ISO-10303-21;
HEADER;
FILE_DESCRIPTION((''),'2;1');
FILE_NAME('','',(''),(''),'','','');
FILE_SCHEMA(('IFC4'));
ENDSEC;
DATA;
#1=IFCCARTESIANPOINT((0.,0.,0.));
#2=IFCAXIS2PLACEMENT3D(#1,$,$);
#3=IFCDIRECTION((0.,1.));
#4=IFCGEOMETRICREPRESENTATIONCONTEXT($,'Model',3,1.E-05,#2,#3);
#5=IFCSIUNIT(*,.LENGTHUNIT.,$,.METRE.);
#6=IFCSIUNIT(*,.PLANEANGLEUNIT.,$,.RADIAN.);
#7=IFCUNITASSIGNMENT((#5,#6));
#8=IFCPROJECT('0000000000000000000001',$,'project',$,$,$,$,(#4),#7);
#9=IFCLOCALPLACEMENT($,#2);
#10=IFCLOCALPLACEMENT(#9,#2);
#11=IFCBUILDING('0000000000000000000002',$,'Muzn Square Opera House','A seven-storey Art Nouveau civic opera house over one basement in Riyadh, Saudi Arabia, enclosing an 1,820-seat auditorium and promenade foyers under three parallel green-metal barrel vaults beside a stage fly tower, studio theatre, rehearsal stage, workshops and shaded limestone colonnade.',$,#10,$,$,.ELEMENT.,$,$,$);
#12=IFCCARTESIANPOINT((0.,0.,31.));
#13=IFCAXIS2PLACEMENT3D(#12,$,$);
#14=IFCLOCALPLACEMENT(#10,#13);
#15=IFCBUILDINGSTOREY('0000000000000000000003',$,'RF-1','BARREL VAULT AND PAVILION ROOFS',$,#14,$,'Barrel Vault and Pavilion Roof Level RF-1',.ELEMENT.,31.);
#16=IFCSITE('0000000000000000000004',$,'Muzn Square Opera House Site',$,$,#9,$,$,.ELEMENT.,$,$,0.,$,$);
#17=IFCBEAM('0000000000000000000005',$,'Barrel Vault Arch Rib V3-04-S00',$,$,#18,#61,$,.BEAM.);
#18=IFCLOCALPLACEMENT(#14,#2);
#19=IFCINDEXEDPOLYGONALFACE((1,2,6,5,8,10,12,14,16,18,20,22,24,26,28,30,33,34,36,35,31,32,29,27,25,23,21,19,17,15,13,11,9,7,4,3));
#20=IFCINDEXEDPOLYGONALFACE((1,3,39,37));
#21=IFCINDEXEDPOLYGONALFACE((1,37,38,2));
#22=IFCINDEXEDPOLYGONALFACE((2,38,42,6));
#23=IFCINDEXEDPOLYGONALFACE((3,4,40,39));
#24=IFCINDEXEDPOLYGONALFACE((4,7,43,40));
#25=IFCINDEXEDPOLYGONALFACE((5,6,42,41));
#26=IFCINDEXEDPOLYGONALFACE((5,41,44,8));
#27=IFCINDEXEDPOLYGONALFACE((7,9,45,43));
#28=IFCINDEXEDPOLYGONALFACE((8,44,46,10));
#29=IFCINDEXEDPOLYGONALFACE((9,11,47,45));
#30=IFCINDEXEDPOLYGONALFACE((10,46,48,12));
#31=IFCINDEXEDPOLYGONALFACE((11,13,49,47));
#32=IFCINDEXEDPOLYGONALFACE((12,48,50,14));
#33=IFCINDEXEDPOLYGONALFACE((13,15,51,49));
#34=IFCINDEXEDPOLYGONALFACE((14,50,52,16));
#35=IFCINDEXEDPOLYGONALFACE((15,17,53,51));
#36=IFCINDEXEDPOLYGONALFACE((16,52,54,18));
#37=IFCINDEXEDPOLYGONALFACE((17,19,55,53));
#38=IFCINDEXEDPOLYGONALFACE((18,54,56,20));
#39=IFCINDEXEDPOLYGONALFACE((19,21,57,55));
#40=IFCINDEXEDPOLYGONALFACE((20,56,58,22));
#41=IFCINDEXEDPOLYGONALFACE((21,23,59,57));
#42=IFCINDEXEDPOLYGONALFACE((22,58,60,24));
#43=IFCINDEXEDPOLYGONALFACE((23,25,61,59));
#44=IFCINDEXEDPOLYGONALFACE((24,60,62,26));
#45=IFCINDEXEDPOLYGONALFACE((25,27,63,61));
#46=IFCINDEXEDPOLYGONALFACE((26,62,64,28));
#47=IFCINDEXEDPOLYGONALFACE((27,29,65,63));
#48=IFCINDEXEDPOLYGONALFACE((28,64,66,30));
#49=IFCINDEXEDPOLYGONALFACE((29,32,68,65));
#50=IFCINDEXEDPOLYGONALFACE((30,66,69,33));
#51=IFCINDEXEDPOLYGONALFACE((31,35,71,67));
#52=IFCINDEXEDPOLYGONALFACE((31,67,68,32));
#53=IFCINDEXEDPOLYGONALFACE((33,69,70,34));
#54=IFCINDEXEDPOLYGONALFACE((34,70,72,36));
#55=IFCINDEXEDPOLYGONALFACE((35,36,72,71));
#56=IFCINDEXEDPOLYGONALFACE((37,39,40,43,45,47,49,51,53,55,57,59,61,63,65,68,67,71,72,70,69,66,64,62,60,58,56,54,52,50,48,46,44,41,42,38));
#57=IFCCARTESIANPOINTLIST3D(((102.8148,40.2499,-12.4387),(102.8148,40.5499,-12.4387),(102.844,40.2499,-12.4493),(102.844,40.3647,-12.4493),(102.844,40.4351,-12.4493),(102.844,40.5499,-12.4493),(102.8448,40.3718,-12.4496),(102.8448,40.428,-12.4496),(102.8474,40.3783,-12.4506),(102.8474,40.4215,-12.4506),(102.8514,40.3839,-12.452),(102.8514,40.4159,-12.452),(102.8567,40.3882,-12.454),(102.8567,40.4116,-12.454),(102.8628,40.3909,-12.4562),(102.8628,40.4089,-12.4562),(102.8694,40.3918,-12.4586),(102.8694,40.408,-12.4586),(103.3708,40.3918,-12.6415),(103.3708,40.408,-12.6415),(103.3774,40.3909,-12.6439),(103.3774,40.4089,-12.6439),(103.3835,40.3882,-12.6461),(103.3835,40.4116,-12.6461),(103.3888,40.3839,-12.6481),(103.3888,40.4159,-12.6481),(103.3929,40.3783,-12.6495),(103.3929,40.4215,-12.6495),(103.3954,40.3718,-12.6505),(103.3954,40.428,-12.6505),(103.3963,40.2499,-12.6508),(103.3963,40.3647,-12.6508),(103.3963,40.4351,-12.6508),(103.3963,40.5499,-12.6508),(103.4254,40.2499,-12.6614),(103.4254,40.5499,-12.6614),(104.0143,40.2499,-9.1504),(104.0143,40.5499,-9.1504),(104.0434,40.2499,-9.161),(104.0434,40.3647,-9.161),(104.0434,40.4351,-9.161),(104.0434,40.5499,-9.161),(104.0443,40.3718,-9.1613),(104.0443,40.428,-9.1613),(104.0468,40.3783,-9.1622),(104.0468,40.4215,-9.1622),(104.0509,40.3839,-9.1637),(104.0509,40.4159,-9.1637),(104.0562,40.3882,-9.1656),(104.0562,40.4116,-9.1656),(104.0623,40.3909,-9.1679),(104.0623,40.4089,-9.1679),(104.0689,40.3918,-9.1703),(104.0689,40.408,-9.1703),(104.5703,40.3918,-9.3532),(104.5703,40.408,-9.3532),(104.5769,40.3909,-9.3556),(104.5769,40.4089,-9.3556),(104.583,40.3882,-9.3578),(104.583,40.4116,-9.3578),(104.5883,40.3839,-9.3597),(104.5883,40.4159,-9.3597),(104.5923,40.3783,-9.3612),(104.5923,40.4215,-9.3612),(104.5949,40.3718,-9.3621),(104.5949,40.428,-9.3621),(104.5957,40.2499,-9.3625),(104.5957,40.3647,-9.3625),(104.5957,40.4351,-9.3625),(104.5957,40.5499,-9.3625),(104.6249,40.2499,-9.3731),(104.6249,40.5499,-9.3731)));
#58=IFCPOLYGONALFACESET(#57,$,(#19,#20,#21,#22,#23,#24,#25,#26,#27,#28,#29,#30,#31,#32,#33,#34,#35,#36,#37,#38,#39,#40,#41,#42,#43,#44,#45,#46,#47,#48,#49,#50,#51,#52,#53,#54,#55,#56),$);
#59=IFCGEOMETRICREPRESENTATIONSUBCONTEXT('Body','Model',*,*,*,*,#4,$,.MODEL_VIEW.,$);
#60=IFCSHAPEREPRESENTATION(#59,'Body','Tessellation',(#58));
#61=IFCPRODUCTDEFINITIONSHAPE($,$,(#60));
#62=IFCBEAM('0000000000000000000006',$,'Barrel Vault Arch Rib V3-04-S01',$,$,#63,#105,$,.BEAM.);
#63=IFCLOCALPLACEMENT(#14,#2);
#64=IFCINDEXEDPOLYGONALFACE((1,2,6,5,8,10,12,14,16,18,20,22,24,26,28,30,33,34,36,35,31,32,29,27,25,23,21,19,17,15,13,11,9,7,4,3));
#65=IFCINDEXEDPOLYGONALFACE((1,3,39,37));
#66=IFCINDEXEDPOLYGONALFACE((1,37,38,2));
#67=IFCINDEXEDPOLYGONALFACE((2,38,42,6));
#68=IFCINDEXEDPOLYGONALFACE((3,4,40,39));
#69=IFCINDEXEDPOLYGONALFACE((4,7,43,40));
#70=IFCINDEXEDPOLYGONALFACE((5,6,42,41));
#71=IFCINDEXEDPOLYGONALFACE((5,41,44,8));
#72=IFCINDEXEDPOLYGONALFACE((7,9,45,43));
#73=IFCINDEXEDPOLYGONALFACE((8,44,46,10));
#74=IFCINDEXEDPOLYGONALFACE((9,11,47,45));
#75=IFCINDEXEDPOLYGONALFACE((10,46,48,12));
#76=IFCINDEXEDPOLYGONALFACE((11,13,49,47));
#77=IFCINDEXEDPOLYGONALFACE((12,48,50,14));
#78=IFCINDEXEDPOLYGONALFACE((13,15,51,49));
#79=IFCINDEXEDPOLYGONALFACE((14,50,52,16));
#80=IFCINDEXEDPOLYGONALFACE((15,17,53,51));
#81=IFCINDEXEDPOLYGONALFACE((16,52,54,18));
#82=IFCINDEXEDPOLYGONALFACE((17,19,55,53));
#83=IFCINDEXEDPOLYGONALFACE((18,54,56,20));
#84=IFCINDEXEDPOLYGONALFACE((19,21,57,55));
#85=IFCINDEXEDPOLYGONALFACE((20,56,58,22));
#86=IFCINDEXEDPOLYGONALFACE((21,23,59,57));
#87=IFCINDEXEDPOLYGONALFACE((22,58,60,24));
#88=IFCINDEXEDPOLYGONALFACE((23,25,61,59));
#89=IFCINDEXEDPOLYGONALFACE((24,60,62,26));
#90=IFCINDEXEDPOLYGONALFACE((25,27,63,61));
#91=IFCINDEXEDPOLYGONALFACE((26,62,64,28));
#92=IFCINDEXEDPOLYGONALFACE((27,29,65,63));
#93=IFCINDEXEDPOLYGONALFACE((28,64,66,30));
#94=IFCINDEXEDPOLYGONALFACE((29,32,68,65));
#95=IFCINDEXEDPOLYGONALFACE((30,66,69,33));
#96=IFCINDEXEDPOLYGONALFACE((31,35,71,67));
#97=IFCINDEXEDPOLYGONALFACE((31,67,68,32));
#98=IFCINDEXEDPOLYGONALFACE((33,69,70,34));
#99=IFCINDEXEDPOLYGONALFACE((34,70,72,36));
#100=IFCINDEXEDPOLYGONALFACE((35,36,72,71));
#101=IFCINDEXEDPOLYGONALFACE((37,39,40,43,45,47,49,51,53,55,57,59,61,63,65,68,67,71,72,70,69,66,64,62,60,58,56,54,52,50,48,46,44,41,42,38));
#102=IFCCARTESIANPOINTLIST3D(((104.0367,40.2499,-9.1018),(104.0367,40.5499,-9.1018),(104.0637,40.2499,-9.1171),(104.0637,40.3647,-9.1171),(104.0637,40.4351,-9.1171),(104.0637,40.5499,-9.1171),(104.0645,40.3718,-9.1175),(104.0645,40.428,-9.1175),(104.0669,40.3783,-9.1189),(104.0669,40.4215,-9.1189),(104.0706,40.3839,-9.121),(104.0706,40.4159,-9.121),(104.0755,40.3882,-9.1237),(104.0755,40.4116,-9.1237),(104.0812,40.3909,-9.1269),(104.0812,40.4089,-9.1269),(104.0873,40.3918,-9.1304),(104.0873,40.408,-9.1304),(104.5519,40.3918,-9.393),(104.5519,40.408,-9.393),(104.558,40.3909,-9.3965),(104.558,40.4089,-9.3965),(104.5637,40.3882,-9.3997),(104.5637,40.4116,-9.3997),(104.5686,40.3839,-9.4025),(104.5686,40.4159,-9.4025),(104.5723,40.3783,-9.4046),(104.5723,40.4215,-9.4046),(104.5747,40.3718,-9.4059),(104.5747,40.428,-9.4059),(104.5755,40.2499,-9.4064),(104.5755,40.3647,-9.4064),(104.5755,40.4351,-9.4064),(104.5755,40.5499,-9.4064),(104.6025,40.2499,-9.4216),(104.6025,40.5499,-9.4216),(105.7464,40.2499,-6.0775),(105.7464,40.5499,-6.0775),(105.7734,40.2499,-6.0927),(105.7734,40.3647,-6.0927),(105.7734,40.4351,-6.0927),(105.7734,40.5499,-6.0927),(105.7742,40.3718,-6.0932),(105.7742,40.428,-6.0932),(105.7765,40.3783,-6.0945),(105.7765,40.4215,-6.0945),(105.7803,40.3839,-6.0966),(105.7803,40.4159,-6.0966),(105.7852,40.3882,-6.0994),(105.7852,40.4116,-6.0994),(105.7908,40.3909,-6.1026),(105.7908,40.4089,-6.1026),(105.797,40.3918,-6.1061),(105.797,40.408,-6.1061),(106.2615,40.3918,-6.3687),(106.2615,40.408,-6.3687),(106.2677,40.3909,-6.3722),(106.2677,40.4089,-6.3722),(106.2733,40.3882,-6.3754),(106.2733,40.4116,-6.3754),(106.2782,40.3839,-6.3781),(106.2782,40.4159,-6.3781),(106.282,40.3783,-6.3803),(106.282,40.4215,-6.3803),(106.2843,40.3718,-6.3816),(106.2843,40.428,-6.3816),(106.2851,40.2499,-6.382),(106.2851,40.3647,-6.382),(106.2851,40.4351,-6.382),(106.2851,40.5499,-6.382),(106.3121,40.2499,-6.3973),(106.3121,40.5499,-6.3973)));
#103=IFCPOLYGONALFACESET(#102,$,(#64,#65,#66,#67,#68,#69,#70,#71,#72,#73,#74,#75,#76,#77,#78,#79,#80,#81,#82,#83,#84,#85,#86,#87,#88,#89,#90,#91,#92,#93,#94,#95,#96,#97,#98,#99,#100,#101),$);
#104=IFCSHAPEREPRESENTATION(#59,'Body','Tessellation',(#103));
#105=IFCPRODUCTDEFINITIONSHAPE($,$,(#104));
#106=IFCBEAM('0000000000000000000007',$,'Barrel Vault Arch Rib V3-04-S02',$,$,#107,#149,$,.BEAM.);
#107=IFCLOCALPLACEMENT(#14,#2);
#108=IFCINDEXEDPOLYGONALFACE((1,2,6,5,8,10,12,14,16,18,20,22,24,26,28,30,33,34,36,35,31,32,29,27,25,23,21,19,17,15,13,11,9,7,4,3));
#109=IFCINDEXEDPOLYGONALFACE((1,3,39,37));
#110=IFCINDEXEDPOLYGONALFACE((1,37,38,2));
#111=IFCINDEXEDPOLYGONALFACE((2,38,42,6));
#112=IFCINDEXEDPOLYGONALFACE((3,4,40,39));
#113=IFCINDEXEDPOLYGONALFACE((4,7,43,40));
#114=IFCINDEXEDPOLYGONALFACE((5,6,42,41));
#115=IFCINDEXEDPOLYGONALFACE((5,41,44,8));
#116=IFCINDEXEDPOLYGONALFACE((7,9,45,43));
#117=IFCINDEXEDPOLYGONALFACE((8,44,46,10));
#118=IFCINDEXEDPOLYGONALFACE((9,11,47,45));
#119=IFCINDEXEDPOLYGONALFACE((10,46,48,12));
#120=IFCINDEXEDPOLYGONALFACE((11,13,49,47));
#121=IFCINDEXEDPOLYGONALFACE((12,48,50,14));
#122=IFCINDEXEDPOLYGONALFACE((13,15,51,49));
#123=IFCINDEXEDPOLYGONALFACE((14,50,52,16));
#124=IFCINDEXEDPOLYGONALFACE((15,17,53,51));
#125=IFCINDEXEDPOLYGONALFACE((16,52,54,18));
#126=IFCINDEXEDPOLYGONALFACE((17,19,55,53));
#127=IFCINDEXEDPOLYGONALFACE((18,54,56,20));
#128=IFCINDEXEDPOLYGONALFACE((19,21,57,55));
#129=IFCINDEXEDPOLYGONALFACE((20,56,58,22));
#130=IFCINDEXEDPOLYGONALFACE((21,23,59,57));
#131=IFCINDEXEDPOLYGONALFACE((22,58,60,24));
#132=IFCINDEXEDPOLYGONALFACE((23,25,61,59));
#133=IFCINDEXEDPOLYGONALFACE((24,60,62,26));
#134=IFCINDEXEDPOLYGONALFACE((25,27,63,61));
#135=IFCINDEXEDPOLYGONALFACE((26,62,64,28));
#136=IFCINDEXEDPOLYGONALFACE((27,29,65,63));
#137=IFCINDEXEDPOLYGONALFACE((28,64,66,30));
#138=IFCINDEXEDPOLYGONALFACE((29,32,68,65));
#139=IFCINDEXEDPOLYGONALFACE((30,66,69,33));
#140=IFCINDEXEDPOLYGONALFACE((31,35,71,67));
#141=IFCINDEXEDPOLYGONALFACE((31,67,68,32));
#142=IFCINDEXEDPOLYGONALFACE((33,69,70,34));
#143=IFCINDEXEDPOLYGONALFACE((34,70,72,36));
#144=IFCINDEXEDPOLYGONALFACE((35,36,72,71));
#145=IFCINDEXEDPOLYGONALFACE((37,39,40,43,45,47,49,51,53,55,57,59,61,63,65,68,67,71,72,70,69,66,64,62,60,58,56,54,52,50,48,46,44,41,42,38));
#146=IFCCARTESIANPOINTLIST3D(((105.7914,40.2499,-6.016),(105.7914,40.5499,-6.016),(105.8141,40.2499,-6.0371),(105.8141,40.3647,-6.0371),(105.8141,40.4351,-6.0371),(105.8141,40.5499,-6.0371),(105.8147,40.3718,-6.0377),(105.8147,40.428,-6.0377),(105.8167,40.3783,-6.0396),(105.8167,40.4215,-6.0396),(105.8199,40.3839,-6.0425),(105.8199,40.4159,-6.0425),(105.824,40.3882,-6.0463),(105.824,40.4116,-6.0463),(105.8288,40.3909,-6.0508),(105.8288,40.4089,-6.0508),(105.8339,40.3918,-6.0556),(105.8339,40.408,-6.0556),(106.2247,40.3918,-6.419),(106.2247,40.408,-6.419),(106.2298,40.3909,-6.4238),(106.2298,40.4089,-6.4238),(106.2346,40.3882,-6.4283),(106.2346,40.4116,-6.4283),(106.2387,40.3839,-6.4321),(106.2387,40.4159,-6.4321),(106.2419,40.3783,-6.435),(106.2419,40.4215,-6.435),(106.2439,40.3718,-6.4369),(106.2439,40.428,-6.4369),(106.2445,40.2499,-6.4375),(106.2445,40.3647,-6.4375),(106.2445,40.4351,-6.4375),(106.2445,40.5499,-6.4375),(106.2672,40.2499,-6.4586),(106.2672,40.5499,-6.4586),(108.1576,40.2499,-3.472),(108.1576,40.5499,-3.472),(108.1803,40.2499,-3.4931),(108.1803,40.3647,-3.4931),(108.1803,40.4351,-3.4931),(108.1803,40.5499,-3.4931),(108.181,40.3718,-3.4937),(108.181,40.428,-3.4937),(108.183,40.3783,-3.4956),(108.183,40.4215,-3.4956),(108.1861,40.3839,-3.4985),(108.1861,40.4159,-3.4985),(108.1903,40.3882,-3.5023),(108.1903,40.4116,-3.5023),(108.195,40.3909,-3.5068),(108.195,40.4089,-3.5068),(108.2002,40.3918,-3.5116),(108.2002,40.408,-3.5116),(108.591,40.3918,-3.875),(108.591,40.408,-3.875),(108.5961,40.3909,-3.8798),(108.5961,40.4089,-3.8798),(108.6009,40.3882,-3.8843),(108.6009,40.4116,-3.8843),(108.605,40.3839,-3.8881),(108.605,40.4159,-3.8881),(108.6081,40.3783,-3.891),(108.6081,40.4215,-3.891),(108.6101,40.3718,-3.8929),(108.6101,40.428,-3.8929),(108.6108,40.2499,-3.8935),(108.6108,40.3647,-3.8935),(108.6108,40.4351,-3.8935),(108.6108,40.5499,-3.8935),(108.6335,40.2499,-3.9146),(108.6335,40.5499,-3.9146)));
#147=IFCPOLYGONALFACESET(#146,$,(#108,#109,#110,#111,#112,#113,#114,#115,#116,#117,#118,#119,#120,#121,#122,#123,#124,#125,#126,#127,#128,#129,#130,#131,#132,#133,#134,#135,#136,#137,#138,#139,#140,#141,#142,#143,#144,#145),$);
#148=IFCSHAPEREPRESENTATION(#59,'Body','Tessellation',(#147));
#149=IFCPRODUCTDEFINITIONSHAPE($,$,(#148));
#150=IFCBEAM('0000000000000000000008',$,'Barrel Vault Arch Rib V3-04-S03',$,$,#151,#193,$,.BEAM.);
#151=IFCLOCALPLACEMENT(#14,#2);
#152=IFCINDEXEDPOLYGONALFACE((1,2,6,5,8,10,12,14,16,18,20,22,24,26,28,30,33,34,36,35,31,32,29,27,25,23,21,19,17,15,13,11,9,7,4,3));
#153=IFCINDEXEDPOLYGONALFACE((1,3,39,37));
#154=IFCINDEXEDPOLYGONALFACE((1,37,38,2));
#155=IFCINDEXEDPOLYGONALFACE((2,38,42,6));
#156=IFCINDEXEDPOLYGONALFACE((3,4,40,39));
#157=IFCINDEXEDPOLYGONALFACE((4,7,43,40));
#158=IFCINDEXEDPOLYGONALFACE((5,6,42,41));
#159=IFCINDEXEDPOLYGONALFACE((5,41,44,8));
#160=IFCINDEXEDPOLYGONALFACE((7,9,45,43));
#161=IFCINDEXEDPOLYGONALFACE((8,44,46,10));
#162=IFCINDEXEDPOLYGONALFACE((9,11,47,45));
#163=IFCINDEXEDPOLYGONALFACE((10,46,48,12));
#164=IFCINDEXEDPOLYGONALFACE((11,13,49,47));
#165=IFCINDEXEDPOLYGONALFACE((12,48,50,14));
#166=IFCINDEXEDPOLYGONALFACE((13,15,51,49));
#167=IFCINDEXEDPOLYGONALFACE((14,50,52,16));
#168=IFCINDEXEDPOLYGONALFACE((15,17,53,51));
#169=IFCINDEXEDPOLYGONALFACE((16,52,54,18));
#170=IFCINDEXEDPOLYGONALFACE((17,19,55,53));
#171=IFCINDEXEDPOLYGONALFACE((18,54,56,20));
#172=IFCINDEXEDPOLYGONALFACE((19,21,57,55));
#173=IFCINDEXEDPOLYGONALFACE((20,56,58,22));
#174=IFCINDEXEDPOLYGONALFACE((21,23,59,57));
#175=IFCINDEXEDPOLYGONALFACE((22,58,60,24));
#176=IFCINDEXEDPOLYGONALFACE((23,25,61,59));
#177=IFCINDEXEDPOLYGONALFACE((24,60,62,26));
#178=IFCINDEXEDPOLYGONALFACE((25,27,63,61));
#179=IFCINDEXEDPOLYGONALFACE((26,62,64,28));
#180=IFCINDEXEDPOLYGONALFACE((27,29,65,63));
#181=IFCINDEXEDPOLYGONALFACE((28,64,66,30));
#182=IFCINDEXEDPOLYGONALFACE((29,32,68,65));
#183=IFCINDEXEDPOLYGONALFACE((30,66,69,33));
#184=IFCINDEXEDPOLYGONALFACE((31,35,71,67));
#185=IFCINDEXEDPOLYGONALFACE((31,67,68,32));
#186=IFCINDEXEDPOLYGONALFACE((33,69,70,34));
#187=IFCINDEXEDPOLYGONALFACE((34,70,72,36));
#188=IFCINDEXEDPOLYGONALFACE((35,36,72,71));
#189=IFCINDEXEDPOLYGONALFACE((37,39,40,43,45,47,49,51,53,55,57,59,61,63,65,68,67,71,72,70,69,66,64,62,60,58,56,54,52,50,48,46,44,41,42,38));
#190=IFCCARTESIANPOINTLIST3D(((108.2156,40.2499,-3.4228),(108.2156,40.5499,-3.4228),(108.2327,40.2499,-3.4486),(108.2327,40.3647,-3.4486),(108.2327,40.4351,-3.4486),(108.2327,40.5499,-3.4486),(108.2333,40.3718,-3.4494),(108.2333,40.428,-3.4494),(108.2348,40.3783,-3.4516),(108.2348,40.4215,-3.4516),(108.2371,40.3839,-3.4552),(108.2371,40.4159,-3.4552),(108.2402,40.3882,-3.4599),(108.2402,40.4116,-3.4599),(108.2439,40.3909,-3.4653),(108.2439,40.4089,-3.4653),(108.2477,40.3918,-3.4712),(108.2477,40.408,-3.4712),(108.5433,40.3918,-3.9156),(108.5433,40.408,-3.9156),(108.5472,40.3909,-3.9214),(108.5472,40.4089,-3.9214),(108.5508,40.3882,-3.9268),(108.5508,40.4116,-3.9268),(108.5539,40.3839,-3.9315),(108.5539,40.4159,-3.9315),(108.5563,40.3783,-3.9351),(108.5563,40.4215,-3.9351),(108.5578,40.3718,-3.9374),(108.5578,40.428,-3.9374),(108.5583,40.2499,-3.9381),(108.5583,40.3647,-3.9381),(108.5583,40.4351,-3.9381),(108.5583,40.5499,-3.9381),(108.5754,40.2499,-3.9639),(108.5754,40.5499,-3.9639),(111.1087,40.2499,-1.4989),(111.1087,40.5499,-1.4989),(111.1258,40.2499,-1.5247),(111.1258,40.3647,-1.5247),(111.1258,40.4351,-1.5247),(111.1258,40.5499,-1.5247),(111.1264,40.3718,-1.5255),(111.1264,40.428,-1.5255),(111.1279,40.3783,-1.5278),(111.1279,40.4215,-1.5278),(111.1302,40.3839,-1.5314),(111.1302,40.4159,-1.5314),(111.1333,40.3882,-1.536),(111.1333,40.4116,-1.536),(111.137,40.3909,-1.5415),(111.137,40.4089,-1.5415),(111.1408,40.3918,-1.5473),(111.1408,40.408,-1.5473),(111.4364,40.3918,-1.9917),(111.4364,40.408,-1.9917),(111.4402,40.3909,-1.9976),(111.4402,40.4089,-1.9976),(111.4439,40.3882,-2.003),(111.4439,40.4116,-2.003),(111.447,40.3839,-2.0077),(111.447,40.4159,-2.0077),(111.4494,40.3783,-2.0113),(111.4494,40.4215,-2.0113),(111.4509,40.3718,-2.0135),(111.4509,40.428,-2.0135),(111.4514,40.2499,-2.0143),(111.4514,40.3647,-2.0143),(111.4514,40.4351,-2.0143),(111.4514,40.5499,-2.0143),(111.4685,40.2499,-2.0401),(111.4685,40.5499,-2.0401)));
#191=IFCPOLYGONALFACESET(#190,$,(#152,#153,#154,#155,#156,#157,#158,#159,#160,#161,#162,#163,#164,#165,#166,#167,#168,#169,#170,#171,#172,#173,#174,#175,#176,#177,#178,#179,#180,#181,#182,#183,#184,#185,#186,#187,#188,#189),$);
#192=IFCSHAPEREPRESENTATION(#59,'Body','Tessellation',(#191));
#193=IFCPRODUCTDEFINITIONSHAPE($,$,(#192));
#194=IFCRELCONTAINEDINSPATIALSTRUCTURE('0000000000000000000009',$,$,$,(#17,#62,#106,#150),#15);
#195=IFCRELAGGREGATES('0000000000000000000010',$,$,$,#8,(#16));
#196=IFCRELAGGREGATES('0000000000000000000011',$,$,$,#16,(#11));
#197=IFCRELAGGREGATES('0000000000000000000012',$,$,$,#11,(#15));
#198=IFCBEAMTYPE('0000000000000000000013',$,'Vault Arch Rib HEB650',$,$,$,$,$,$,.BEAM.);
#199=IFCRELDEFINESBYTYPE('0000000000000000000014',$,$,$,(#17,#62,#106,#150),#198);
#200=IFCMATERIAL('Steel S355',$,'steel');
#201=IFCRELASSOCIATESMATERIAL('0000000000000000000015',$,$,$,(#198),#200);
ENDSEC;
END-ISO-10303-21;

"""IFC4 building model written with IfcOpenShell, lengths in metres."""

from ifc_helpers import new_model, si_unit, direction, frame, origin, origin_2d, place, context, subcontext, project, spatial, i_section, extrude, material, material_profile, profile_set, type_object, element, save


model = new_model("IFC4")

# Units and contexts
model_context = context("Model", 3, precision=1e-05, world=origin(), true_north=direction((0.0, 1.0)))
body_context = subcontext(model_context, "Body", "Model", "MODEL_VIEW")
ifc_project = project(units=[si_unit("LENGTHUNIT", "METRE"), si_unit("PLANEANGLEUNIT", "RADIAN")], contexts=[model_context])

# Site, building, storey
site_placement = place(None, origin())
site = spatial("IfcSite", under=ifc_project, at=site_placement, Name="Muzn Square Opera House Site", CompositionType="ELEMENT", RefElevation=0.0)
building_placement = place(site_placement, origin())
building = spatial("IfcBuilding", under=site, at=building_placement, Name="Muzn Square Opera House", Description="A seven-storey Art Nouveau civic opera house over one basement in Riyadh, Saudi Arabia, enclosing an 1,820-seat auditorium and promenade foyers under three parallel green-metal barrel vaults beside a stage fly tower, studio theatre, rehearsal stage, workshops and shaded limestone colonnade.", CompositionType="ELEMENT")
storey_placement = place(building_placement, frame((0.0, 0.0, 31.0)))
storey = spatial("IfcBuildingStorey", under=building, at=storey_placement, Name="RF-1", Description="BARREL VAULT AND PAVILION ROOFS", LongName="Barrel Vault and Pavilion Roof Level RF-1", CompositionType="ELEMENT", Elevation=31.0)

# Beams
ifc_material_1 = material(Name="Steel S355", Category="steel")
ifc_material_profile_1 = material_profile(ifc_material_1, i_section(OverallWidth=0.3, OverallDepth=0.6499, WebThickness=0.0161, FlangeThickness=0.031, FilletRadius=0.0271, at=origin_2d()), Name="HEB 650", Category="steel")
ifc_profile_set_1 = profile_set([ifc_material_profile_1], Name="Steel S355")
beam_type_1 = type_object("IfcBeamType", Name="Vault Arch Rib HEB650", PredefinedType="BEAM", material=ifc_profile_set_1)
beam_1_placement = place(storey_placement, frame((103.1201, 40.3999, -12.55), z_axis=(0.342678, 0.0, 0.939453), x_axis=(0.0, 1.0, 0.0)))
element("IfcBeam", 1, at=beam_1_placement, inside=storey, type_object=beam_type_1, Name="Barrel Vault Arch Rib V3-04-S00", PredefinedType="BEAM", context=body_context, shape_type="SweptSolid", body=[
    extrude(i_section(OverallWidth=0.3, OverallDepth=0.6499, WebThickness=0.0161, FlangeThickness=0.031, FilletRadius=0.0271, at=origin_2d()), origin(), (0.0, 0.0, 1.0), 3.5002),
])
beam_2_placement = place(storey_placement, frame((104.3196, 40.3999, -9.2617), z_axis=(0.492115, 0.0, 0.87053), x_axis=(0.0, 1.0, 0.0)))
element("IfcBeam", 2, at=beam_2_placement, inside=storey, type_object=beam_type_1, Name="Barrel Vault Arch Rib V3-04-S01", PredefinedType="BEAM", context=body_context, shape_type="SweptSolid", body=[
    extrude(i_section(OverallWidth=0.3, OverallDepth=0.6499, WebThickness=0.0161, FlangeThickness=0.031, FilletRadius=0.0271, at=origin_2d()), origin(), (0.0, 0.0, 1.0), 3.4741),
])
for number, where, z_axis, x_axis, name in (
    (3, (106.0293, 40.3999, -6.2373), (0.681065, 0.0, 0.732223), (0.0, 1.0, 0.0), "Barrel Vault Arch Rib V3-04-S02"),
    (4, (108.3955, 40.3999, -3.6934), (0.832698, 0.0, 0.553727), (0.0, 1.0, 0.0), "Barrel Vault Arch Rib V3-04-S03"),
):
    element("IfcBeam", number, at=place(storey_placement, frame(where, z_axis=z_axis, x_axis=x_axis)), inside=storey, type_object=beam_type_1, Name=name, PredefinedType="BEAM", context=body_context, shape_type="SweptSolid", body=[
        extrude(i_section(OverallWidth=0.3, OverallDepth=0.6499, WebThickness=0.0161, FlangeThickness=0.031, FilletRadius=0.0271, at=origin_2d()), origin(), (0.0, 0.0, 1.0), 3.4744),
    ])

save(model, "model.ifc")
